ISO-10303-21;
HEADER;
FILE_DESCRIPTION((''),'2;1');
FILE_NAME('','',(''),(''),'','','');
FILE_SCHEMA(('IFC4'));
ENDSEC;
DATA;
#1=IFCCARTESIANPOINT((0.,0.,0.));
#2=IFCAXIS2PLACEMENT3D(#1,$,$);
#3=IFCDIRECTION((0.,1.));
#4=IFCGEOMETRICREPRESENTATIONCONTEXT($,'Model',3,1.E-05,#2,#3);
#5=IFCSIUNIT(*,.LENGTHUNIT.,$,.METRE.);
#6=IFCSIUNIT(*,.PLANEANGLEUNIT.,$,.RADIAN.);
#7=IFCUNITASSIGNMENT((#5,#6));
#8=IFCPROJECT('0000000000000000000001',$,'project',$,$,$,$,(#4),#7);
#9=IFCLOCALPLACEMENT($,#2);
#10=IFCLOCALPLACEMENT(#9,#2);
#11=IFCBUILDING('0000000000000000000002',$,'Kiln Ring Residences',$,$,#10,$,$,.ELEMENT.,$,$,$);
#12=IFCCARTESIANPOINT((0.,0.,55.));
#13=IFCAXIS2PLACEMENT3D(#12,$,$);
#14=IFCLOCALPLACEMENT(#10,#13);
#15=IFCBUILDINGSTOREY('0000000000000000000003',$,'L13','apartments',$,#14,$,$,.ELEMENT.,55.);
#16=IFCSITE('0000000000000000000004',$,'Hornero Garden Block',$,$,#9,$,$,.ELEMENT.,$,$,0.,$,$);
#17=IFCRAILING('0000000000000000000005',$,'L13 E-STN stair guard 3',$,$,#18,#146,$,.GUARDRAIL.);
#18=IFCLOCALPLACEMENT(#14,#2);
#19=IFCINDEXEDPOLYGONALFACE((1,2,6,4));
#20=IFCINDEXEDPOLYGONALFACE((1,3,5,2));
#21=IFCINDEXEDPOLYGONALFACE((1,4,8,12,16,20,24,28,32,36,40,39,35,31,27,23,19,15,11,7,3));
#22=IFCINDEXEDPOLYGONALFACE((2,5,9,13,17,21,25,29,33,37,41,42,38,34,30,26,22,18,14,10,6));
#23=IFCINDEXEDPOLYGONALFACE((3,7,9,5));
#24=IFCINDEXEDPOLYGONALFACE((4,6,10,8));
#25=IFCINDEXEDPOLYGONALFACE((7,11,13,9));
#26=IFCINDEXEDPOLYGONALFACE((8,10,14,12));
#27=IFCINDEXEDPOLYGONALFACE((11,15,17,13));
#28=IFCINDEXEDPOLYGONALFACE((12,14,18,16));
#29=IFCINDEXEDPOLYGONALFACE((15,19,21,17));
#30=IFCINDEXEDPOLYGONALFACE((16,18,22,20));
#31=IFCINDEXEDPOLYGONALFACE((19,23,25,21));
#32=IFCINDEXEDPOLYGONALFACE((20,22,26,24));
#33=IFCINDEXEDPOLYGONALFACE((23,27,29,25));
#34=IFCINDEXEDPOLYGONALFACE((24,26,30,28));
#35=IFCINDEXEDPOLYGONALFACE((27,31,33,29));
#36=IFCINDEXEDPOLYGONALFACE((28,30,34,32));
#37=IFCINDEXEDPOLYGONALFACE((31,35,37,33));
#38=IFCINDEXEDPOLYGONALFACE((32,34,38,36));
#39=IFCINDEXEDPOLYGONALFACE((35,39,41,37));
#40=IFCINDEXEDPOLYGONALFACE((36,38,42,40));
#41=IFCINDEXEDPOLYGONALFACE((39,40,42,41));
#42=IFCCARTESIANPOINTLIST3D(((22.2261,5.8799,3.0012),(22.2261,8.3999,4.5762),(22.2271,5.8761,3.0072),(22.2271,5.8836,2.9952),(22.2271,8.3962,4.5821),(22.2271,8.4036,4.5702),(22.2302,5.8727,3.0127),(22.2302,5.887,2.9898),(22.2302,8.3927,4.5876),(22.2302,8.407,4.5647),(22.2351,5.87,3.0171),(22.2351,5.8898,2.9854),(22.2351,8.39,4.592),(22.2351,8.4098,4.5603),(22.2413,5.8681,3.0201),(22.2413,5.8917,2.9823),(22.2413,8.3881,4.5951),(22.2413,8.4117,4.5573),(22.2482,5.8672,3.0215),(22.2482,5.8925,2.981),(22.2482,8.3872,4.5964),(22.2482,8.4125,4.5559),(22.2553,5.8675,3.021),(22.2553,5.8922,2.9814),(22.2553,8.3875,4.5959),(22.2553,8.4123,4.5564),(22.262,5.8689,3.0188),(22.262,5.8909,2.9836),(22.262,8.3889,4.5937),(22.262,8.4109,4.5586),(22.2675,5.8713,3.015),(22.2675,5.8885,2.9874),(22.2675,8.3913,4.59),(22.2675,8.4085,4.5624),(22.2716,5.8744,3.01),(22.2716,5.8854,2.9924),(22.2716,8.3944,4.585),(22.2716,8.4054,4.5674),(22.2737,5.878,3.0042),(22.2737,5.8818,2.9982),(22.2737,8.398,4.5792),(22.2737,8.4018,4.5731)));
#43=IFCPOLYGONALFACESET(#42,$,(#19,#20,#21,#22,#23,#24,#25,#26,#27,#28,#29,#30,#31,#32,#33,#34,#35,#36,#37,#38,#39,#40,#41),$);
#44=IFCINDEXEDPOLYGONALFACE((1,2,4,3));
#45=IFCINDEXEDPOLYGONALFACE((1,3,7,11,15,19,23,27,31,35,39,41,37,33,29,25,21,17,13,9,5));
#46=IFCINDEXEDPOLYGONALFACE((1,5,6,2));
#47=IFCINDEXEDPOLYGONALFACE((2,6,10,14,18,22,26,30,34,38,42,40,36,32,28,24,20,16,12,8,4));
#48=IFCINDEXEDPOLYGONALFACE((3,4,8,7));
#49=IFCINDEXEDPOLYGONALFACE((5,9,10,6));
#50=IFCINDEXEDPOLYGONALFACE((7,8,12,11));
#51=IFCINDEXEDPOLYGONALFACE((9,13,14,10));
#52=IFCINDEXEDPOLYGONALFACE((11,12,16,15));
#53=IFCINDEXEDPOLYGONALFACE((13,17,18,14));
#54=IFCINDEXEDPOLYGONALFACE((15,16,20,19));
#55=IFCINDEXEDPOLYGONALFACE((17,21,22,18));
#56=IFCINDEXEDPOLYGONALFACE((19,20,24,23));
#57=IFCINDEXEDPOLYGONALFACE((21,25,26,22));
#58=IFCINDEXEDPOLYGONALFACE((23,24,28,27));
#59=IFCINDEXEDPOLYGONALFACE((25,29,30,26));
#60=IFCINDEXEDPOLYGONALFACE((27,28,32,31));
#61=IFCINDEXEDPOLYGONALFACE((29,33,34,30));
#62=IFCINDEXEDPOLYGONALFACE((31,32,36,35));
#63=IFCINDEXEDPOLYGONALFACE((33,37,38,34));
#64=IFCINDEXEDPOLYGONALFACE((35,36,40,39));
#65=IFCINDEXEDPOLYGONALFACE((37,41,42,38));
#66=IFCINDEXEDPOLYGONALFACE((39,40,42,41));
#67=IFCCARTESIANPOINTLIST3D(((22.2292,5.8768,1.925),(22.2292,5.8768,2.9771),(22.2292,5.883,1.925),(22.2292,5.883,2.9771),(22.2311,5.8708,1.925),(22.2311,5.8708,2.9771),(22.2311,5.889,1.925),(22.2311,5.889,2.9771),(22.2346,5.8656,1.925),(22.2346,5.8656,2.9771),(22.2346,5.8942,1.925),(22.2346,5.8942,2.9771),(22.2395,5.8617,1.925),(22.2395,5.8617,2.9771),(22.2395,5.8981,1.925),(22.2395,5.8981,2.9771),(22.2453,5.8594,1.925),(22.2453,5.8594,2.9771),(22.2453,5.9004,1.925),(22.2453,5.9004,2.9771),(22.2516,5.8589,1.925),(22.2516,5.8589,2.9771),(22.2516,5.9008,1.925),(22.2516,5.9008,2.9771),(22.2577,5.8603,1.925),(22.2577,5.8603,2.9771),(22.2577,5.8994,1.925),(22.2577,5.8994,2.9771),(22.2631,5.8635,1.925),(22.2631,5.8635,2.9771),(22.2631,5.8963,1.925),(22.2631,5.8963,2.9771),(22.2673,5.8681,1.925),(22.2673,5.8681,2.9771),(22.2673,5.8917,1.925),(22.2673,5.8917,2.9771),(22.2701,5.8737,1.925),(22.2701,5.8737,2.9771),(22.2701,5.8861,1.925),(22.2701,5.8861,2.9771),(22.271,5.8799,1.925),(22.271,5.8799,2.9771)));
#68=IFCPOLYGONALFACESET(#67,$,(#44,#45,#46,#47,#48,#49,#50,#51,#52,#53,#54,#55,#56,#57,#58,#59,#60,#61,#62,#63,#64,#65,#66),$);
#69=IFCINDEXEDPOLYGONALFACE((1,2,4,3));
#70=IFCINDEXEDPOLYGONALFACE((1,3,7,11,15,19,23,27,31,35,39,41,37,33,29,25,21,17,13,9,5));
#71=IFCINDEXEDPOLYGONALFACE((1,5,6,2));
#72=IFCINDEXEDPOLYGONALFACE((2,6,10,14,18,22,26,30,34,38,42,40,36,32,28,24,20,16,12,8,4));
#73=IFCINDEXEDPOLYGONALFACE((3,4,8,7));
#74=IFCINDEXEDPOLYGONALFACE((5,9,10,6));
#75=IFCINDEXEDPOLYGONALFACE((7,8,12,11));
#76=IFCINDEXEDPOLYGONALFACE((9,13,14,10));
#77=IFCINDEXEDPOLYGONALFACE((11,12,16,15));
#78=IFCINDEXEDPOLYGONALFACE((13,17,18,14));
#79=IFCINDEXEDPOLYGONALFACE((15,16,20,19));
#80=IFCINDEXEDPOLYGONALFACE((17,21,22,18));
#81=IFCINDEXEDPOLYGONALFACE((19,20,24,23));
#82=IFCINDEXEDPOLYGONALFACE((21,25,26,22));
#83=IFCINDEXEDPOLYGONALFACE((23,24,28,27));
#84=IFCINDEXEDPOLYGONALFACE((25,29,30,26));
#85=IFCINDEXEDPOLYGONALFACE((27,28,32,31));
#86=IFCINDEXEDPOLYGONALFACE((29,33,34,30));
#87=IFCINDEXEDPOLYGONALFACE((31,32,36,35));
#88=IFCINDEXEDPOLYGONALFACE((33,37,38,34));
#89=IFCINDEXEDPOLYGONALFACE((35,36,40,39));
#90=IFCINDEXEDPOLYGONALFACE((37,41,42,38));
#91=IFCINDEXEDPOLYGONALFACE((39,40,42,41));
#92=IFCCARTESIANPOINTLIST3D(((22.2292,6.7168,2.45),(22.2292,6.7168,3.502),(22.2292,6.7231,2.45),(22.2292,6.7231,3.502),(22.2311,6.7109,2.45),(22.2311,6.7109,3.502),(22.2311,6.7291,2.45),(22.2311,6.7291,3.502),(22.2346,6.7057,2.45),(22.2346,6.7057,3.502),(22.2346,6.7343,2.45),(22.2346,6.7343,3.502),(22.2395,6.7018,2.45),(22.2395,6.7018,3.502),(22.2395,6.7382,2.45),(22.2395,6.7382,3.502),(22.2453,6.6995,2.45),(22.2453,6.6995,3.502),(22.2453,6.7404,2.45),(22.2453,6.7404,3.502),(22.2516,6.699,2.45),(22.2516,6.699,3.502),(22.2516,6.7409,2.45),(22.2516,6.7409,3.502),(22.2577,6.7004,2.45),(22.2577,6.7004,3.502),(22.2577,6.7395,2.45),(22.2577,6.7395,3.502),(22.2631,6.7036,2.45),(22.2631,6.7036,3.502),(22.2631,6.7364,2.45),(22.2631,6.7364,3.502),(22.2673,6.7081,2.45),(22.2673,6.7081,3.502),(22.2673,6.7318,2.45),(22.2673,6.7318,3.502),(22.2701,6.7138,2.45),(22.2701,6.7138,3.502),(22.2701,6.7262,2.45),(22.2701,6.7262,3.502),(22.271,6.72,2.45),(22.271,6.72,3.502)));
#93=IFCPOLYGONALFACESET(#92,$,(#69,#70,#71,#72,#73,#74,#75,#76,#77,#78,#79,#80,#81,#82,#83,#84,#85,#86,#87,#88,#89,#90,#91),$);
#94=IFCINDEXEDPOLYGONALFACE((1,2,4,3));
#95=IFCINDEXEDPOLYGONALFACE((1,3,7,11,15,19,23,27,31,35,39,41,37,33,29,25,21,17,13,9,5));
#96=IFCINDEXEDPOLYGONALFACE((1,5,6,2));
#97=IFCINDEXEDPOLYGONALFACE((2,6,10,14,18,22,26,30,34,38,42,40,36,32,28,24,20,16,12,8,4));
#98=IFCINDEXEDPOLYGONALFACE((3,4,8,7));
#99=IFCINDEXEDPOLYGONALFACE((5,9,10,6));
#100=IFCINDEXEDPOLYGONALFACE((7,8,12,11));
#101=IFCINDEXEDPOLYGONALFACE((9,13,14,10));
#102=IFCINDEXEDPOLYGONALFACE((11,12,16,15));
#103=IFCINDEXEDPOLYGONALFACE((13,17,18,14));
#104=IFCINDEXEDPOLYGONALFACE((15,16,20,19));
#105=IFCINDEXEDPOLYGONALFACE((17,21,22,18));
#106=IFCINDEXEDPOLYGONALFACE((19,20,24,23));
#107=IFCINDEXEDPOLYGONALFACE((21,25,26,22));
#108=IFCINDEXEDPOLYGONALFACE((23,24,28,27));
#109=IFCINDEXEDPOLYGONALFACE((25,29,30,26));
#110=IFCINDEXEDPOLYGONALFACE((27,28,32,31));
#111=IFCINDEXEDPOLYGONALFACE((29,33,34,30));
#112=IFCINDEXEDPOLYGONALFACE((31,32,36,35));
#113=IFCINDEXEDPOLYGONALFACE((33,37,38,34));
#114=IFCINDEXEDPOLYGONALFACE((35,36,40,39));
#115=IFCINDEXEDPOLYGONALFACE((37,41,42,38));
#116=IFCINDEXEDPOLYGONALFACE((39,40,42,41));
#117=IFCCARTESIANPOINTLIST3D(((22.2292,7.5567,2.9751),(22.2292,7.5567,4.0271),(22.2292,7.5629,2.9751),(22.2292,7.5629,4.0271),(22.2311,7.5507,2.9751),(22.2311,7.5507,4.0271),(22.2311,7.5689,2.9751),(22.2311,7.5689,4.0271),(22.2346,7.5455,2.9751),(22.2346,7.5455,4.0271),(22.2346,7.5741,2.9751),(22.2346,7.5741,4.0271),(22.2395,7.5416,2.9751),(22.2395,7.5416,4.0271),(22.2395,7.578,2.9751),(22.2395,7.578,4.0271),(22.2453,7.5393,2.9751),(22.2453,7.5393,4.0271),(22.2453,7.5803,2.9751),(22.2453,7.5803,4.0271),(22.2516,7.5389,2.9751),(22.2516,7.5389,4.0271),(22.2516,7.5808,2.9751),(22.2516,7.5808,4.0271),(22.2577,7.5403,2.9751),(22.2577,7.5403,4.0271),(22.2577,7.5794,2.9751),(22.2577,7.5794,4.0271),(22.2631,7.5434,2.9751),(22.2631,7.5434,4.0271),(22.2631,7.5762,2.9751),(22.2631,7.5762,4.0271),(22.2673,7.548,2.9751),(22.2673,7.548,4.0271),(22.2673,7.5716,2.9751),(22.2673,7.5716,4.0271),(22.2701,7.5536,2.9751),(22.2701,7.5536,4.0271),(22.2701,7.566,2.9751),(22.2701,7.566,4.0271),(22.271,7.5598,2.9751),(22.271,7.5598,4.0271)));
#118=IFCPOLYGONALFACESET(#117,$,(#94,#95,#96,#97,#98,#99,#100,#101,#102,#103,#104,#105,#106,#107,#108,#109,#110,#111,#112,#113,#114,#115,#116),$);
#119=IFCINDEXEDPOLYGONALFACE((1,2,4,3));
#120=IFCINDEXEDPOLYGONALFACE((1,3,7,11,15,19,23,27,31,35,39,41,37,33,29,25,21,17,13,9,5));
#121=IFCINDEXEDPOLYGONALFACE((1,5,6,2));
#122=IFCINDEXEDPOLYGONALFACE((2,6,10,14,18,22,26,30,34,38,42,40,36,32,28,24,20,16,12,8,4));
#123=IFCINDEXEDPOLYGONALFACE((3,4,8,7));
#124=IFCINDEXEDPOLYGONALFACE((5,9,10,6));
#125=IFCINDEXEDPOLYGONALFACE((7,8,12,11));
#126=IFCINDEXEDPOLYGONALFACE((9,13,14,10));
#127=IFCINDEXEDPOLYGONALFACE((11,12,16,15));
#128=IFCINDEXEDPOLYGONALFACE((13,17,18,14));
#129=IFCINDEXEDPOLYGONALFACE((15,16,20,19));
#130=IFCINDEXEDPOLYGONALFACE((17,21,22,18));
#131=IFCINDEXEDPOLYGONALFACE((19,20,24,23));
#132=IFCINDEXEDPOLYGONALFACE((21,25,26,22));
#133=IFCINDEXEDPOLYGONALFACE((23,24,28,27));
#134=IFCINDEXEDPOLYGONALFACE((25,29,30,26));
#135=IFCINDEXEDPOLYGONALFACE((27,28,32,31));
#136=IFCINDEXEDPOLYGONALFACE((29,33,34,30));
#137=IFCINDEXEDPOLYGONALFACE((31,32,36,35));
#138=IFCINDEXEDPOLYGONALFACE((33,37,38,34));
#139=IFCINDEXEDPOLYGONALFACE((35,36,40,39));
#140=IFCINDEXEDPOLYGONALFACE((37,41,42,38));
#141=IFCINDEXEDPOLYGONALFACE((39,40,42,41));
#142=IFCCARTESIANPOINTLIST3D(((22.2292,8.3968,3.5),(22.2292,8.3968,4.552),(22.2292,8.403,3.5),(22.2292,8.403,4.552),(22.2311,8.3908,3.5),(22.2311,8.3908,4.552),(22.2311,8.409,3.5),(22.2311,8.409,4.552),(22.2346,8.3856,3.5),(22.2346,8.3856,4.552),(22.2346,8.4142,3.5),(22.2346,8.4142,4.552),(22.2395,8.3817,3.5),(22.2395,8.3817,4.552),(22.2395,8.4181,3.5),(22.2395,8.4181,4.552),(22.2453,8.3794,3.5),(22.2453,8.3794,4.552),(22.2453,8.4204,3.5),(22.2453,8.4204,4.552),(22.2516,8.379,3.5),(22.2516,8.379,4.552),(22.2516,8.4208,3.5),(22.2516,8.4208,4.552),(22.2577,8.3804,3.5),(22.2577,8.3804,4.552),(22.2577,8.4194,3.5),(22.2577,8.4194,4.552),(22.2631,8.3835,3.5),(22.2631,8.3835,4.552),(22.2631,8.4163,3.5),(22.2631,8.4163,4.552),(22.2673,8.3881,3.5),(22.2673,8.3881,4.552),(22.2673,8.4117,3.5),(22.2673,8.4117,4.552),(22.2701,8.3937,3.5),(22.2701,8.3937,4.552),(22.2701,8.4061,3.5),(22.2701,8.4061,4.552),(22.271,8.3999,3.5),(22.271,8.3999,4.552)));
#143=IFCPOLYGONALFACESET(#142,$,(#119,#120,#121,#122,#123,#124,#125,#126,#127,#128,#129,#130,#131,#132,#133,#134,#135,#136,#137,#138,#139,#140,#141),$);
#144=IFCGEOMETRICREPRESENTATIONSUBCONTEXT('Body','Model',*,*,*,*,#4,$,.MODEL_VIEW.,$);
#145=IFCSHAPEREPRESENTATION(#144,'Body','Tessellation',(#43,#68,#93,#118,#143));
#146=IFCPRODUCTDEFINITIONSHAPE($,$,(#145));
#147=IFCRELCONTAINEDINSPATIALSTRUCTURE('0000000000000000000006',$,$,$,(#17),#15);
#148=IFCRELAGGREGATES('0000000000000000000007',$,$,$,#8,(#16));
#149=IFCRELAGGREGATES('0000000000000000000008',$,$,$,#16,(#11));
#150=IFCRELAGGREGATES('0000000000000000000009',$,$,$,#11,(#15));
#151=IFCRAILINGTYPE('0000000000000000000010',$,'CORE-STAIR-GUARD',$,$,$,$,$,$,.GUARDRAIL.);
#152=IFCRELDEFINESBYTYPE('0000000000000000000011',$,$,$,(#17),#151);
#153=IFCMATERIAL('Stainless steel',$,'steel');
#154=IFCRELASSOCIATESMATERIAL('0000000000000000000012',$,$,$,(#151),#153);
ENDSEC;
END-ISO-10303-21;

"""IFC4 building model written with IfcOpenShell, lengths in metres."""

from ifc_helpers import new_model, si_unit, direction, frame, origin, origin_2d, place, context, subcontext, project, spatial, circle, extrude, material, type_object, element, save


model = new_model("IFC4")

# Units and contexts
model_context = context("Model", 3, precision=1e-05, world=origin(), true_north=direction((0.0, 1.0)))
body_context = subcontext(model_context, "Body", "Model", "MODEL_VIEW")
ifc_project = project(units=[si_unit("LENGTHUNIT", "METRE"), si_unit("PLANEANGLEUNIT", "RADIAN")], contexts=[model_context])

# Site, building, storey
site_placement = place(None, origin())
site = spatial("IfcSite", under=ifc_project, at=site_placement, Name="Hornero Garden Block", CompositionType="ELEMENT", RefElevation=0.0)
building_placement = place(site_placement, origin())
building = spatial("IfcBuilding", under=site, at=building_placement, Name="Kiln Ring Residences", CompositionType="ELEMENT")
storey_placement = place(building_placement, frame((0.0, 0.0, 55.0)))
storey = spatial("IfcBuildingStorey", under=building, at=storey_placement, Name="L13", Description="apartments", CompositionType="ELEMENT", Elevation=55.0)

# Railing
ifc_material_1 = material(Name="Stainless steel", Category="steel")
railing_type_1 = type_object("IfcRailingType", Name="CORE-STAIR-GUARD", PredefinedType="GUARDRAIL", material=ifc_material_1)
railing_1_placement = place(storey_placement, frame((22.25, 5.8799, 1.925)))
element("IfcRailing", 1, at=railing_1_placement, inside=storey, type_object=railing_type_1, Name="L13 E-STN stair guard 3", PredefinedType="GUARDRAIL", context=body_context, shape_type="SweptSolid", body=[
    extrude(circle(Radius=0.0239, at=origin_2d()), frame((0.0, 0.0, 1.0762), z_axis=(0.0, 0.848008, 0.529984), x_axis=(-1.0, 0.0, 0.0)), (0.0, 0.0, 1.0), 2.9717),
    extrude(circle(Radius=0.021, at=origin_2d()), origin(), (0.0, 0.0, 1.0), 1.052),
    extrude(circle(Radius=0.021, at=origin_2d()), frame((0.0, 0.8401, 0.5249)), (0.0, 0.0, 1.0), 1.052),
    extrude(circle(Radius=0.021, at=origin_2d()), frame((0.0, 1.6799, 1.05)), (0.0, 0.0, 1.0), 1.052),
    extrude(circle(Radius=0.021, at=origin_2d()), frame((0.0, 2.52, 1.575)), (0.0, 0.0, 1.0), 1.052),
])

save(model, "model.ifc")
